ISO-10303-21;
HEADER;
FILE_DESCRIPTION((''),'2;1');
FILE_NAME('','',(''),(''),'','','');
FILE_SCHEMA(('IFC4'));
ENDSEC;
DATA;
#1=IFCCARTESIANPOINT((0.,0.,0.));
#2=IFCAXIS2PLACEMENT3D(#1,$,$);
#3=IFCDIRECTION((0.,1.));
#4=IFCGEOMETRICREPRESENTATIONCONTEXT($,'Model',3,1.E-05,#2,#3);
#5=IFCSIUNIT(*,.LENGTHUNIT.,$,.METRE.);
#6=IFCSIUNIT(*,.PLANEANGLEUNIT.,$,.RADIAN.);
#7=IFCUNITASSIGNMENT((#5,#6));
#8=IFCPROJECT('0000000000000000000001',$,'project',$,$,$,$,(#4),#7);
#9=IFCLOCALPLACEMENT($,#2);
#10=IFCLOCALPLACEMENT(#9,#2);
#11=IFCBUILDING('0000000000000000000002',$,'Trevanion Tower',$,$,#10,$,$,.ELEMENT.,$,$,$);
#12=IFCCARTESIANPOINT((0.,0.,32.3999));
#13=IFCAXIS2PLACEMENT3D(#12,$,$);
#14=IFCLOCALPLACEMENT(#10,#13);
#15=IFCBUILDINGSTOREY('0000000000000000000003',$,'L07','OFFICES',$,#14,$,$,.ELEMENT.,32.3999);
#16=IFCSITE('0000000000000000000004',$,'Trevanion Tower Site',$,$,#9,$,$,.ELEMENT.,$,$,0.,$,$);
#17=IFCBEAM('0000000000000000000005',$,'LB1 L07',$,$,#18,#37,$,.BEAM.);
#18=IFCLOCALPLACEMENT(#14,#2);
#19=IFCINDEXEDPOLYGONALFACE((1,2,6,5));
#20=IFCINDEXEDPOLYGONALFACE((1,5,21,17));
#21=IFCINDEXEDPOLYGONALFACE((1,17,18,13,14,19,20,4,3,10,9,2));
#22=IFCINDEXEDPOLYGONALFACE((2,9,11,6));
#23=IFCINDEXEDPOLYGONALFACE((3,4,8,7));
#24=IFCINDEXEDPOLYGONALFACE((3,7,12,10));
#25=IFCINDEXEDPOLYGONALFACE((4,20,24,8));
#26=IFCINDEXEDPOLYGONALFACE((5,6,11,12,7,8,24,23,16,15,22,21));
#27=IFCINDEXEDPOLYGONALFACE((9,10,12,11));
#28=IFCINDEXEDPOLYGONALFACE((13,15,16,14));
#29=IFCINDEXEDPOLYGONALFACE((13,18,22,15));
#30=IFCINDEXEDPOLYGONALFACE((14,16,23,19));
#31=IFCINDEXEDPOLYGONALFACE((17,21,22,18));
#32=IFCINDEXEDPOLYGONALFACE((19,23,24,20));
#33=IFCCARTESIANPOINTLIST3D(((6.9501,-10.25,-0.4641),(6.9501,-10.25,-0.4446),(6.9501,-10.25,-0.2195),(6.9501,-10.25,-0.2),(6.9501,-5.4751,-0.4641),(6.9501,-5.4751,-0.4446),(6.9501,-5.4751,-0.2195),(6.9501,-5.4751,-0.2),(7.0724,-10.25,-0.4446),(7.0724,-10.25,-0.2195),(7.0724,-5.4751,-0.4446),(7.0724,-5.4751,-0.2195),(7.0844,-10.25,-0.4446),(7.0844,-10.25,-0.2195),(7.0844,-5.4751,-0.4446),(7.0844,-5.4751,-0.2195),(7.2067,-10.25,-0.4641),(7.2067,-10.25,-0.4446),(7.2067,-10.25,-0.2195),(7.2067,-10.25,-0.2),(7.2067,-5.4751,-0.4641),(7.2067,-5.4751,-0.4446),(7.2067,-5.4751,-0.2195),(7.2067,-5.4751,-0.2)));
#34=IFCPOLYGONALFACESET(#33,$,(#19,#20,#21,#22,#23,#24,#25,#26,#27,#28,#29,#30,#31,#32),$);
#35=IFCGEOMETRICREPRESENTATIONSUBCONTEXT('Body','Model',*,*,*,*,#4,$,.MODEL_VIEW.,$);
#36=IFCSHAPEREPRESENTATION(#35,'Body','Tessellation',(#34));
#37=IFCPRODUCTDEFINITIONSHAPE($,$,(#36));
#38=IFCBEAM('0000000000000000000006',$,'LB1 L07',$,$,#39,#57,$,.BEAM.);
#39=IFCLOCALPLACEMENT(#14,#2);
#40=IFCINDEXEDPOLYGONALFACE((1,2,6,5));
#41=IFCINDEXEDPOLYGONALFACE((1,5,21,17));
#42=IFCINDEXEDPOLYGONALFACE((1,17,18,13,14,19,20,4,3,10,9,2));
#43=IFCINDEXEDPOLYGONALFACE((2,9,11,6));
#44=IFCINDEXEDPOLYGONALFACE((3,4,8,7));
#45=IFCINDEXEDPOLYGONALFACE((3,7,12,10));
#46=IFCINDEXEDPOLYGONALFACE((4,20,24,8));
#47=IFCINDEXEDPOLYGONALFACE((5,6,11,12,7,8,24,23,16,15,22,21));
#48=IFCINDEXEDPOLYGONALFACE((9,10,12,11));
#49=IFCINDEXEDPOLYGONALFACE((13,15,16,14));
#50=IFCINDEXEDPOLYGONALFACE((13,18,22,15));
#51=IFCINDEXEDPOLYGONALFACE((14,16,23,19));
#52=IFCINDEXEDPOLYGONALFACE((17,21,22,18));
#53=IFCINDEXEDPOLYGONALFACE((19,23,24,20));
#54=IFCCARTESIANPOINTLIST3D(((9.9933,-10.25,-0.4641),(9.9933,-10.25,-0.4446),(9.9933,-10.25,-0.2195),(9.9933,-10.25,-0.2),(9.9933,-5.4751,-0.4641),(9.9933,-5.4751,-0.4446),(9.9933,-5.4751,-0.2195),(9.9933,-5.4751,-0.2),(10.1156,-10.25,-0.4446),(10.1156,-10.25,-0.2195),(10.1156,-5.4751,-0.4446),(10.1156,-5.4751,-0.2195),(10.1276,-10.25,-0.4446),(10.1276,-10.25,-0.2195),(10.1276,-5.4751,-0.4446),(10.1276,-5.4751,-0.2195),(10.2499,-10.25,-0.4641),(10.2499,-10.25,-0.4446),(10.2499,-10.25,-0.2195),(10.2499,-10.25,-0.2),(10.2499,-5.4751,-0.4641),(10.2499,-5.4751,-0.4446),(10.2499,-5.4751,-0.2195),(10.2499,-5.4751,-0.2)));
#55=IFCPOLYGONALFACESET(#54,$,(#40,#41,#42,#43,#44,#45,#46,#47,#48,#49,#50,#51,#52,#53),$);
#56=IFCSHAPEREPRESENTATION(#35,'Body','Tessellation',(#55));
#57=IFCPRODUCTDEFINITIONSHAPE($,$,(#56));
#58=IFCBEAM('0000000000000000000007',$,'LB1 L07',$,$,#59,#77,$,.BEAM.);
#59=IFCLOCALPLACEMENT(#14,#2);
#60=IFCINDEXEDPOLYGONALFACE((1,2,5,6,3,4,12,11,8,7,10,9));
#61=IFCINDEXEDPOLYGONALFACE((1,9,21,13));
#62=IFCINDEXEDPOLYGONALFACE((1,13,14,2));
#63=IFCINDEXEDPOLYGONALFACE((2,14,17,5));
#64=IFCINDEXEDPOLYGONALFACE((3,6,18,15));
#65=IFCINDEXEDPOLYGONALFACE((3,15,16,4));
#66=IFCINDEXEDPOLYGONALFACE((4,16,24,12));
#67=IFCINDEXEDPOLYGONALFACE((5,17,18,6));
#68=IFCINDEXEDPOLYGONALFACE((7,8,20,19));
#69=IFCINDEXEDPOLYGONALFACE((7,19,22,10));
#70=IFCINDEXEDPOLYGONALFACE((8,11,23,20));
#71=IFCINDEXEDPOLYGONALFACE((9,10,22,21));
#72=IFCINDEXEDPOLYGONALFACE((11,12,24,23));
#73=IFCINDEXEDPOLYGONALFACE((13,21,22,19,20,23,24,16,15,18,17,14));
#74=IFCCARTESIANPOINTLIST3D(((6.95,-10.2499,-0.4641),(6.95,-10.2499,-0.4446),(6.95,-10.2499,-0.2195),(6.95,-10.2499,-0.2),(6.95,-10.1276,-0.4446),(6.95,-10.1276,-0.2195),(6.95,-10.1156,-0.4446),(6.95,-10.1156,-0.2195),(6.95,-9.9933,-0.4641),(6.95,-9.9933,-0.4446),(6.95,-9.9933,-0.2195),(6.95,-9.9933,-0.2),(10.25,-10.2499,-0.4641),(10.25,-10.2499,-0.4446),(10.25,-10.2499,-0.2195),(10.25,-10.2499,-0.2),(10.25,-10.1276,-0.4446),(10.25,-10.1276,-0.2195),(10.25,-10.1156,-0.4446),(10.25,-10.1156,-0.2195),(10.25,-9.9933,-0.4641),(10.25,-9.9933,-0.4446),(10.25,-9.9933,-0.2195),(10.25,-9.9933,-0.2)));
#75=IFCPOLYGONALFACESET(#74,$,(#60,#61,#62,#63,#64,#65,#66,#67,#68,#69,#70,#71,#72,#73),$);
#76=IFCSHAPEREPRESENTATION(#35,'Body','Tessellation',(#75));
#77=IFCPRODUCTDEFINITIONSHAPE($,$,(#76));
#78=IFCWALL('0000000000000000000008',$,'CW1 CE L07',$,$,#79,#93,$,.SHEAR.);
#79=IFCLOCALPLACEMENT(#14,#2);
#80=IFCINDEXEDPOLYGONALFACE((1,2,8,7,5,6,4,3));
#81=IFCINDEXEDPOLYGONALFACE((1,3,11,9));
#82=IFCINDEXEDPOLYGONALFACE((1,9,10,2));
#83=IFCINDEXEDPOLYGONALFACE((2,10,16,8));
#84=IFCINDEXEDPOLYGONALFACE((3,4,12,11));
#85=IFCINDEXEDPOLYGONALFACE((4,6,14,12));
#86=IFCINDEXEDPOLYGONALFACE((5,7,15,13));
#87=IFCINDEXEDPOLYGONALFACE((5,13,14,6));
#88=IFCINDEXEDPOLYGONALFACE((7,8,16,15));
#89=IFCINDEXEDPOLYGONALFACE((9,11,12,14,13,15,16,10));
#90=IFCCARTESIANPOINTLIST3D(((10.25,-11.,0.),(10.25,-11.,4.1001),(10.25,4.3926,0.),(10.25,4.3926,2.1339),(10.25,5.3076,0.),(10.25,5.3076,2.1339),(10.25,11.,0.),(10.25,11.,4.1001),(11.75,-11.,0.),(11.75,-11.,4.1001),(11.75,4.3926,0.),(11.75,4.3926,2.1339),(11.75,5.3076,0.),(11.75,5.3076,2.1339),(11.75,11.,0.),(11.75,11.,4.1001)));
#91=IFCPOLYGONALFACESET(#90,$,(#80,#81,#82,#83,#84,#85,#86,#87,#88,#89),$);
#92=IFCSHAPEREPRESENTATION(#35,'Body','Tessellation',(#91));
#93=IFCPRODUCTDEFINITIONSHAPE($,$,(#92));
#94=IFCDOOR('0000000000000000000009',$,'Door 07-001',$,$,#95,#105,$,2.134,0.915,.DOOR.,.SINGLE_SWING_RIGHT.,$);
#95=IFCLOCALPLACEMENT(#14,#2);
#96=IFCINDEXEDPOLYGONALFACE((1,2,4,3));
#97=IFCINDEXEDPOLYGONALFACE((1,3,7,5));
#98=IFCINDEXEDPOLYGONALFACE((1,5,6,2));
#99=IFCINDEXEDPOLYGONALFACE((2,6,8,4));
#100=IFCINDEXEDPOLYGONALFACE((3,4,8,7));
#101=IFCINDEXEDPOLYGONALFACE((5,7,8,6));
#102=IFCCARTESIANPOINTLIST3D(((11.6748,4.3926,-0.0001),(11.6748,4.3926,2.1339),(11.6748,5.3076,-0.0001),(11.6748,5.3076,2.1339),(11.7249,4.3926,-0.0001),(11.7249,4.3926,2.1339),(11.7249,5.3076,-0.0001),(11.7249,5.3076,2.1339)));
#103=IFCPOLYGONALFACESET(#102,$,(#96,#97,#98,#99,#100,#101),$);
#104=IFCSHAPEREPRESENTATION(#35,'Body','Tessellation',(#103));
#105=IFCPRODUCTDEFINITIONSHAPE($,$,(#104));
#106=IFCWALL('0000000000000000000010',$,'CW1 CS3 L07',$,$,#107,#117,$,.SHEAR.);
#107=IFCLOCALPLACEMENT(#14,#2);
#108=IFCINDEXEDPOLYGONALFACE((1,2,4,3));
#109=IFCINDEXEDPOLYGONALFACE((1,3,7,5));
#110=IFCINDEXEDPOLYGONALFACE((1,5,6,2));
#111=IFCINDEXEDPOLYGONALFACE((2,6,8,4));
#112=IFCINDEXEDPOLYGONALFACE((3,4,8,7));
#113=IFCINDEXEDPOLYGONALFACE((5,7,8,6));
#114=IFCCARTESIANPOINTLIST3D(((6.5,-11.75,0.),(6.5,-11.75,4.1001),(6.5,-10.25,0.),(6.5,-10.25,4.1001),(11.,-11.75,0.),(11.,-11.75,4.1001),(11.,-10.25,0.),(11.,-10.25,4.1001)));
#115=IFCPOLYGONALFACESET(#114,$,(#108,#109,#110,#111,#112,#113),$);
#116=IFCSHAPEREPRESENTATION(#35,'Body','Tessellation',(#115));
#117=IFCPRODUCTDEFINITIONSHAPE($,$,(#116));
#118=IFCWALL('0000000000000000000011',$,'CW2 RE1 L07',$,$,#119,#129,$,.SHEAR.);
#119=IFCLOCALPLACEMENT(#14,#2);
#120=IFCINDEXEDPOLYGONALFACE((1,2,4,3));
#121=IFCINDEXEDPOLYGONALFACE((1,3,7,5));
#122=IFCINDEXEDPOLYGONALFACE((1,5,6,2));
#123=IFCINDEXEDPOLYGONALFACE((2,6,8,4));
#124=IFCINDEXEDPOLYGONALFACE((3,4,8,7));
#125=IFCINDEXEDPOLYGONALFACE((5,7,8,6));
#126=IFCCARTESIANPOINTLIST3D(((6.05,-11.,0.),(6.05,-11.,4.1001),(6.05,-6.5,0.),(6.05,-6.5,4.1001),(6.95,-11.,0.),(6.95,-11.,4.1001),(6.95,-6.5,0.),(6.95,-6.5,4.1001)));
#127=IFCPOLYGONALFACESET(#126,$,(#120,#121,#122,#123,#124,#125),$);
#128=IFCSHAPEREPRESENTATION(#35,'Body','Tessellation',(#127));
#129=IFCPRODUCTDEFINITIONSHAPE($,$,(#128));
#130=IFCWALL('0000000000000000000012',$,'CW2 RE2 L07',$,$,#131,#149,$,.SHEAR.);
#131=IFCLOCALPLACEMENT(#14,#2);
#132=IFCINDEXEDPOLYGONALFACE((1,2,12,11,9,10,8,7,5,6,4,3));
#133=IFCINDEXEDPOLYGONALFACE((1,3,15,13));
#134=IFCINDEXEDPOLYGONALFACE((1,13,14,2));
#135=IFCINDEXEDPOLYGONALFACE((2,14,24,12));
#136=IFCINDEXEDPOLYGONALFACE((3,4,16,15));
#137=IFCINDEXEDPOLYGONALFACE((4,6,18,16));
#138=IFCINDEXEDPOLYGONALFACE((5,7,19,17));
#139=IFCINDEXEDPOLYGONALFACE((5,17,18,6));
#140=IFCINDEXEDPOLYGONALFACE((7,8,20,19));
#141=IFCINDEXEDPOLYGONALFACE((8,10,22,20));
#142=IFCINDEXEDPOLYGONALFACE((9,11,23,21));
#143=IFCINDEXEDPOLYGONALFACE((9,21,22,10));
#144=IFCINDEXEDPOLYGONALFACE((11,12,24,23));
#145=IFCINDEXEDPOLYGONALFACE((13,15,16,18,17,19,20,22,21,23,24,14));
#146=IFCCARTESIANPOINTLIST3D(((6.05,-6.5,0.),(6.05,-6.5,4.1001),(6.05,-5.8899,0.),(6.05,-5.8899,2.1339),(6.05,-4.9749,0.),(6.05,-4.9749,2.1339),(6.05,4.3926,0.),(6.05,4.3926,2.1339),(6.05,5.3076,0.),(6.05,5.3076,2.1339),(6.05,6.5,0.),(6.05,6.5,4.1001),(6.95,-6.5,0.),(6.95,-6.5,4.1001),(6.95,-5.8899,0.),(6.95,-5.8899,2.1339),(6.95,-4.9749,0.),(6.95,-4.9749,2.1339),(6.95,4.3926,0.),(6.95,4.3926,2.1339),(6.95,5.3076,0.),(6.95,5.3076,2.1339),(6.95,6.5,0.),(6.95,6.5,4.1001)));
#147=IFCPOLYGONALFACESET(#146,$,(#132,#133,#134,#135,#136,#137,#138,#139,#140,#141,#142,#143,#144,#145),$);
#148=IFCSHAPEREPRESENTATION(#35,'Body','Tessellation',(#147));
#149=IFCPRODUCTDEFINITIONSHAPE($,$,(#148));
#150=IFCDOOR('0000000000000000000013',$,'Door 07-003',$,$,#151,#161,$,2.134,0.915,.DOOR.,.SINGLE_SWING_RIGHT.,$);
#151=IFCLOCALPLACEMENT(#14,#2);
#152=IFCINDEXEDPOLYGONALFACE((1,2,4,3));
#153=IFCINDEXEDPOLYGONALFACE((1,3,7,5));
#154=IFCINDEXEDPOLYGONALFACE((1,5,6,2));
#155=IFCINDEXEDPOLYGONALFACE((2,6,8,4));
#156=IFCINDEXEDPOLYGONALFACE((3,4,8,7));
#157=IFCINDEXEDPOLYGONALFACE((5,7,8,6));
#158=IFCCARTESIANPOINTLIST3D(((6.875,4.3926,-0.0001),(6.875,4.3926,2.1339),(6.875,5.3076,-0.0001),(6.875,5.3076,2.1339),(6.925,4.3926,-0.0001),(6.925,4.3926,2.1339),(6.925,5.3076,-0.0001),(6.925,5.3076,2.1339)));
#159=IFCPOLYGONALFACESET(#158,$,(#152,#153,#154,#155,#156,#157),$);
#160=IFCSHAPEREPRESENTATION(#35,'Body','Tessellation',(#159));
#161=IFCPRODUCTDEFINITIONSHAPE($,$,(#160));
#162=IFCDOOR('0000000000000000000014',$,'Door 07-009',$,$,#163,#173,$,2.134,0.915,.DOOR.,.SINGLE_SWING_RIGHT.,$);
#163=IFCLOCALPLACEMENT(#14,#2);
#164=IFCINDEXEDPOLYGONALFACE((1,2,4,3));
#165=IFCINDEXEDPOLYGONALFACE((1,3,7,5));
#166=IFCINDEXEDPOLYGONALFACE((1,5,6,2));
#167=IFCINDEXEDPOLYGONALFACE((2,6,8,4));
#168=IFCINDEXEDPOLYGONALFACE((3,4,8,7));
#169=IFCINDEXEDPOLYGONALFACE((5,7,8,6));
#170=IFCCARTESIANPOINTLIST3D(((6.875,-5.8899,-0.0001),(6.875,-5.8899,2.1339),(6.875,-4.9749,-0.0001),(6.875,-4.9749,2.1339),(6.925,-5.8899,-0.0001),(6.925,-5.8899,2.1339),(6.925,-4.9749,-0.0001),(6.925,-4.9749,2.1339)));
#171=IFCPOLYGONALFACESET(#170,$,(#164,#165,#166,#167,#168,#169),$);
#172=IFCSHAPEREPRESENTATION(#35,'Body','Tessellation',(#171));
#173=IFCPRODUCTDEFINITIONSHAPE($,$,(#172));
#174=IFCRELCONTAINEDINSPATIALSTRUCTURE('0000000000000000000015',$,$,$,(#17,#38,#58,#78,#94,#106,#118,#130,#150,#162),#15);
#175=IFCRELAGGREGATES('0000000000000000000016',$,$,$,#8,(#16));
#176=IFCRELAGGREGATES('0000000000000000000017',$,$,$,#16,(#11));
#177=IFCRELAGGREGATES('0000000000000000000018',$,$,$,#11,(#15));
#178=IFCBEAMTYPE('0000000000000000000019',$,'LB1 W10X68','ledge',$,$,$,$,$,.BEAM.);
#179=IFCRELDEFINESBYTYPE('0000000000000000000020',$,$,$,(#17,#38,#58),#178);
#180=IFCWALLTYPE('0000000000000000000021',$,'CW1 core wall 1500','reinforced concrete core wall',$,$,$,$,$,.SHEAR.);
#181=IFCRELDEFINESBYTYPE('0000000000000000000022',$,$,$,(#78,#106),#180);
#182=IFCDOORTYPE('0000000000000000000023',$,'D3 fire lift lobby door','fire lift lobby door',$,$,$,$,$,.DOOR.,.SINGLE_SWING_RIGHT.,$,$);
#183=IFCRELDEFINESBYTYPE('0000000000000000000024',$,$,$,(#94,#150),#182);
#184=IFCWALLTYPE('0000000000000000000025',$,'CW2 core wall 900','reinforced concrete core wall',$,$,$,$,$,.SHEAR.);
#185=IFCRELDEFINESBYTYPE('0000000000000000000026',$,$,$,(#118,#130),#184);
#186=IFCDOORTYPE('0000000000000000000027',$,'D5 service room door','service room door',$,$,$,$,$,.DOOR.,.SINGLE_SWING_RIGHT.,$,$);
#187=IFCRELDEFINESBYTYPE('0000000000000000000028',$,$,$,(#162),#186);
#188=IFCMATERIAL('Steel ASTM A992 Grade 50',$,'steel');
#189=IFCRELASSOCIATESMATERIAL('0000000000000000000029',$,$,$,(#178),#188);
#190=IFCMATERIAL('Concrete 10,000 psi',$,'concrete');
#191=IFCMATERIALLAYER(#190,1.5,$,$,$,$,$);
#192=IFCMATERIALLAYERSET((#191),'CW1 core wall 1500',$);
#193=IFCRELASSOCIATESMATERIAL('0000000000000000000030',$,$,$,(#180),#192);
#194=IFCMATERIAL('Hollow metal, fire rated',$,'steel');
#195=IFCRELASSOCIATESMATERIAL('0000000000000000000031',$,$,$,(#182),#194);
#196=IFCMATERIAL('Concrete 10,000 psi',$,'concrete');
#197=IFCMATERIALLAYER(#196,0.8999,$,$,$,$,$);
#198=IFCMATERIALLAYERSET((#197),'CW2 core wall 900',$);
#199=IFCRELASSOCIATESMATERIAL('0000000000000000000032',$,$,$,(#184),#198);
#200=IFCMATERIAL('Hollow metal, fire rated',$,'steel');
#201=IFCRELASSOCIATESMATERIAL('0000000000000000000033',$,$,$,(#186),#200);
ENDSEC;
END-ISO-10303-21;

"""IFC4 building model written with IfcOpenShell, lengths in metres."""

from ifc_helpers import new_model, si_unit, direction, frame, frame_2d, origin, origin_2d, place, context, subcontext, project, spatial, rectangle, i_section, extrude, material, layer, layer_set, material_profile, profile_set, type_object, element, fill, save


model = new_model("IFC4")

# Units and contexts
model_context = context("Model", 3, precision=1e-05, world=origin(), true_north=direction((0.0, 1.0)))
body_context = subcontext(model_context, "Body", "Model", "MODEL_VIEW")
ifc_project = project(units=[si_unit("LENGTHUNIT", "METRE"), si_unit("PLANEANGLEUNIT", "RADIAN")], contexts=[model_context])

# Site, building, storey
site_placement = place(None, origin())
site = spatial("IfcSite", under=ifc_project, at=site_placement, Name="Trevanion Tower Site", CompositionType="ELEMENT", RefElevation=0.0)
building_placement = place(site_placement, origin())
building = spatial("IfcBuilding", under=site, at=building_placement, Name="Trevanion Tower", CompositionType="ELEMENT")
storey_placement = place(building_placement, frame((0.0, 0.0, 32.3999)))
storey = spatial("IfcBuildingStorey", under=building, at=storey_placement, Name="L07", Description="OFFICES", CompositionType="ELEMENT", Elevation=32.3999)

# Beams
ifc_material_1 = material(Name="Steel ASTM A992 Grade 50", Category="steel")
ifc_material_profile_1 = material_profile(ifc_material_1, i_section(OverallWidth=0.2566, OverallDepth=0.2642, WebThickness=0.012, FlangeThickness=0.0195, at=origin_2d()), Name="W10X68")
ifc_profile_set_1 = profile_set([ifc_material_profile_1], Name="Steel ASTM A992 Grade 50")
beam_type_1 = type_object("IfcBeamType", Name="LB1 W10X68", Description="ledge", PredefinedType="BEAM", material=ifc_profile_set_1)
for number, where, z_axis, x_axis, name in (
    (1, (7.0784, -10.25, -0.332), (0.0, 1.0, 0.0), (-1.0, 0.0, 0.0), "LB1 L07"),
    (2, (10.1216, -10.25, -0.332), (0.0, 1.0, 0.0), (-1.0, 0.0, 0.0), "LB1 L07"),
):
    element("IfcBeam", number, at=place(storey_placement, frame(where, z_axis=z_axis, x_axis=x_axis)), inside=storey, type_object=beam_type_1, Name=name, PredefinedType="BEAM", context=body_context, shape_type="SweptSolid", body=[
        extrude(i_section(OverallWidth=0.2566, OverallDepth=0.2642, WebThickness=0.012, FlangeThickness=0.0195, at=origin_2d()), origin(), (0.0, 0.0, 1.0), 4.7749),
    ])
beam_1_placement = place(storey_placement, frame((6.95, -10.1216, -0.332), z_axis=(1.0, 0.0, 0.0), x_axis=(0.0, 1.0, 0.0)))
element("IfcBeam", 3, at=beam_1_placement, inside=storey, type_object=beam_type_1, Name="LB1 L07", PredefinedType="BEAM", context=body_context, shape_type="SweptSolid", body=[
    extrude(i_section(OverallWidth=0.2566, OverallDepth=0.2642, WebThickness=0.012, FlangeThickness=0.0195, at=origin_2d()), origin(), (0.0, 0.0, 1.0), 3.3),
])

# Wall, opening, door
ifc_material_2 = material(Name="Concrete 10,000 psi", Category="concrete")
ifc_layer_1 = layer(ifc_material_2, 1.5)
ifc_layer_set_1 = layer_set([ifc_layer_1], Name="CW1 core wall 1500")
wall_type_1 = type_object("IfcWallType", Name="CW1 core wall 1500", Description="reinforced concrete core wall", PredefinedType="SHEAR", material=ifc_layer_set_1)
wall_1_placement = place(storey_placement, frame((11.0, -11.0, 0.0), z_axis=(0.0, 0.0, 1.0), x_axis=(0.0, 1.0, 0.0)))
wall_1 = element("IfcWall", 4, at=wall_1_placement, inside=storey, type_object=wall_type_1, Name="CW1 CE L07", PredefinedType="SHEAR", context=body_context, shape_type="SweptSolid", body=[
    extrude(rectangle(XDim=22.0, YDim=1.5, at=frame_2d((11.0, 0.0))), origin(), (0.0, 0.0, 1.0), 4.1001),
])
opening_1_placement = place(wall_1_placement, frame((15.3926, 0.0, 0.0)))
opening_1 = element("IfcOpeningElement", 5, at=opening_1_placement, cuts=wall_1, PredefinedType="OPENING", context=body_context, shape_type="SweptSolid", body=[
    extrude(rectangle(XDim=0.915, YDim=2.134, at=frame_2d((0.4575, 1.0669))), frame((0.0, 0.76, 0.0), z_axis=(0.0, -1.0, 0.0), x_axis=(1.0, 0.0, 0.0)), (0.0, 0.0, 1.0), 1.52),
])
ifc_material_3 = material(Name="Hollow metal, fire rated", Category="steel")
door_type_1 = type_object("IfcDoorType", Name="D3 fire lift lobby door", Description="fire lift lobby door", OperationType="SINGLE_SWING_RIGHT", PredefinedType="DOOR", material=ifc_material_3)
door_1_placement = place(opening_1_placement, origin())
door_1 = element("IfcDoor", 6, at=door_1_placement, inside=storey, type_object=door_type_1, Name="Door 07-001", OperationType="SINGLE_SWING_RIGHT", OverallHeight=2.134, OverallWidth=0.915, PredefinedType="DOOR", context=body_context, shape_type="SweptSolid", body=[
    extrude(rectangle(XDim=0.915, YDim=2.134, at=frame_2d((0.4575, 1.0669))), frame((0.0, -0.6748, 0.0), z_axis=(0.0, -1.0, 0.0), x_axis=(1.0, 0.0, 0.0)), (0.0, 0.0, 1.0), 0.05),
])
fill(opening_1, door_1)

# Walls
wall_2_placement = place(storey_placement, frame((6.5, -11.0, 0.0), z_axis=(0.0, 0.0, 1.0), x_axis=(1.0, 0.0, 0.0)))
element("IfcWall", 7, at=wall_2_placement, inside=storey, type_object=wall_type_1, Name="CW1 CS3 L07", PredefinedType="SHEAR", context=body_context, shape_type="SweptSolid", body=[
    extrude(rectangle(XDim=4.5, YDim=1.5, at=frame_2d((2.25, 0.0))), origin(), (0.0, 0.0, 1.0), 4.1001),
])
ifc_material_4 = material(Name="Concrete 10,000 psi", Category="concrete")
ifc_layer_2 = layer(ifc_material_4, 0.8999)
ifc_layer_set_2 = layer_set([ifc_layer_2], Name="CW2 core wall 900")
wall_type_2 = type_object("IfcWallType", Name="CW2 core wall 900", Description="reinforced concrete core wall", PredefinedType="SHEAR", material=ifc_layer_set_2)
wall_3_placement = place(storey_placement, frame((6.5, -11.0, 0.0), z_axis=(0.0, 0.0, 1.0), x_axis=(0.0, 1.0, 0.0)))
element("IfcWall", 8, at=wall_3_placement, inside=storey, type_object=wall_type_2, Name="CW2 RE1 L07", PredefinedType="SHEAR", context=body_context, shape_type="SweptSolid", body=[
    extrude(rectangle(XDim=4.5, YDim=0.8999, at=frame_2d((2.25, 0.0))), origin(), (0.0, 0.0, 1.0), 4.1001),
])

# Wall, openings, doors
wall_4_placement = place(storey_placement, frame((6.5, -6.5, 0.0), z_axis=(0.0, 0.0, 1.0), x_axis=(0.0, 1.0, 0.0)))
wall_4 = element("IfcWall", 9, at=wall_4_placement, inside=storey, type_object=wall_type_2, Name="CW2 RE2 L07", PredefinedType="SHEAR", context=body_context, shape_type="SweptSolid", body=[
    extrude(rectangle(XDim=13.0, YDim=0.8999, at=frame_2d((6.5, 0.0))), origin(), (0.0, 0.0, 1.0), 4.1001),
])
opening_2_placement = place(wall_4_placement, frame((10.8926, 0.0, 0.0)))
opening_2 = element("IfcOpeningElement", 10, at=opening_2_placement, cuts=wall_4, PredefinedType="OPENING", context=body_context, shape_type="SweptSolid", body=[
    extrude(rectangle(XDim=0.915, YDim=2.134, at=frame_2d((0.4575, 1.0669))), frame((0.0, 0.46, 0.0), z_axis=(0.0, -1.0, 0.0), x_axis=(1.0, 0.0, 0.0)), (0.0, 0.0, 1.0), 0.9199),
])
opening_3_placement = place(wall_4_placement, frame((0.6101, 0.0, 0.0)))
opening_3 = element("IfcOpeningElement", 11, at=opening_3_placement, cuts=wall_4, PredefinedType="OPENING", context=body_context, shape_type="SweptSolid", body=[
    extrude(rectangle(XDim=0.915, YDim=2.134, at=frame_2d((0.4575, 1.0669))), frame((0.0, 0.46, 0.0), z_axis=(0.0, -1.0, 0.0), x_axis=(1.0, 0.0, 0.0)), (0.0, 0.0, 1.0), 0.9199),
])
door_2_placement = place(opening_2_placement, origin())
door_2 = element("IfcDoor", 12, at=door_2_placement, inside=storey, type_object=door_type_1, Name="Door 07-003", OperationType="SINGLE_SWING_RIGHT", OverallHeight=2.134, OverallWidth=0.915, PredefinedType="DOOR", context=body_context, shape_type="SweptSolid", body=[
    extrude(rectangle(XDim=0.915, YDim=2.134, at=frame_2d((0.4575, 1.0669))), frame((0.0, -0.375, 0.0), z_axis=(0.0, -1.0, 0.0), x_axis=(1.0, 0.0, 0.0)), (0.0, 0.0, 1.0), 0.05),
])
fill(opening_2, door_2)
ifc_material_5 = material(Name="Hollow metal, fire rated", Category="steel")
door_type_2 = type_object("IfcDoorType", Name="D5 service room door", Description="service room door", OperationType="SINGLE_SWING_RIGHT", PredefinedType="DOOR", material=ifc_material_5)
door_3_placement = place(opening_3_placement, origin())
door_3 = element("IfcDoor", 13, at=door_3_placement, inside=storey, type_object=door_type_2, Name="Door 07-009", OperationType="SINGLE_SWING_RIGHT", OverallHeight=2.134, OverallWidth=0.915, PredefinedType="DOOR", context=body_context, shape_type="SweptSolid", body=[
    extrude(rectangle(XDim=0.915, YDim=2.134, at=frame_2d((0.4575, 1.0669))), frame((0.0, -0.375, 0.0), z_axis=(0.0, -1.0, 0.0), x_axis=(1.0, 0.0, 0.0)), (0.0, 0.0, 1.0), 0.05),
])
fill(opening_3, door_3)

save(model, "model.ifc")
